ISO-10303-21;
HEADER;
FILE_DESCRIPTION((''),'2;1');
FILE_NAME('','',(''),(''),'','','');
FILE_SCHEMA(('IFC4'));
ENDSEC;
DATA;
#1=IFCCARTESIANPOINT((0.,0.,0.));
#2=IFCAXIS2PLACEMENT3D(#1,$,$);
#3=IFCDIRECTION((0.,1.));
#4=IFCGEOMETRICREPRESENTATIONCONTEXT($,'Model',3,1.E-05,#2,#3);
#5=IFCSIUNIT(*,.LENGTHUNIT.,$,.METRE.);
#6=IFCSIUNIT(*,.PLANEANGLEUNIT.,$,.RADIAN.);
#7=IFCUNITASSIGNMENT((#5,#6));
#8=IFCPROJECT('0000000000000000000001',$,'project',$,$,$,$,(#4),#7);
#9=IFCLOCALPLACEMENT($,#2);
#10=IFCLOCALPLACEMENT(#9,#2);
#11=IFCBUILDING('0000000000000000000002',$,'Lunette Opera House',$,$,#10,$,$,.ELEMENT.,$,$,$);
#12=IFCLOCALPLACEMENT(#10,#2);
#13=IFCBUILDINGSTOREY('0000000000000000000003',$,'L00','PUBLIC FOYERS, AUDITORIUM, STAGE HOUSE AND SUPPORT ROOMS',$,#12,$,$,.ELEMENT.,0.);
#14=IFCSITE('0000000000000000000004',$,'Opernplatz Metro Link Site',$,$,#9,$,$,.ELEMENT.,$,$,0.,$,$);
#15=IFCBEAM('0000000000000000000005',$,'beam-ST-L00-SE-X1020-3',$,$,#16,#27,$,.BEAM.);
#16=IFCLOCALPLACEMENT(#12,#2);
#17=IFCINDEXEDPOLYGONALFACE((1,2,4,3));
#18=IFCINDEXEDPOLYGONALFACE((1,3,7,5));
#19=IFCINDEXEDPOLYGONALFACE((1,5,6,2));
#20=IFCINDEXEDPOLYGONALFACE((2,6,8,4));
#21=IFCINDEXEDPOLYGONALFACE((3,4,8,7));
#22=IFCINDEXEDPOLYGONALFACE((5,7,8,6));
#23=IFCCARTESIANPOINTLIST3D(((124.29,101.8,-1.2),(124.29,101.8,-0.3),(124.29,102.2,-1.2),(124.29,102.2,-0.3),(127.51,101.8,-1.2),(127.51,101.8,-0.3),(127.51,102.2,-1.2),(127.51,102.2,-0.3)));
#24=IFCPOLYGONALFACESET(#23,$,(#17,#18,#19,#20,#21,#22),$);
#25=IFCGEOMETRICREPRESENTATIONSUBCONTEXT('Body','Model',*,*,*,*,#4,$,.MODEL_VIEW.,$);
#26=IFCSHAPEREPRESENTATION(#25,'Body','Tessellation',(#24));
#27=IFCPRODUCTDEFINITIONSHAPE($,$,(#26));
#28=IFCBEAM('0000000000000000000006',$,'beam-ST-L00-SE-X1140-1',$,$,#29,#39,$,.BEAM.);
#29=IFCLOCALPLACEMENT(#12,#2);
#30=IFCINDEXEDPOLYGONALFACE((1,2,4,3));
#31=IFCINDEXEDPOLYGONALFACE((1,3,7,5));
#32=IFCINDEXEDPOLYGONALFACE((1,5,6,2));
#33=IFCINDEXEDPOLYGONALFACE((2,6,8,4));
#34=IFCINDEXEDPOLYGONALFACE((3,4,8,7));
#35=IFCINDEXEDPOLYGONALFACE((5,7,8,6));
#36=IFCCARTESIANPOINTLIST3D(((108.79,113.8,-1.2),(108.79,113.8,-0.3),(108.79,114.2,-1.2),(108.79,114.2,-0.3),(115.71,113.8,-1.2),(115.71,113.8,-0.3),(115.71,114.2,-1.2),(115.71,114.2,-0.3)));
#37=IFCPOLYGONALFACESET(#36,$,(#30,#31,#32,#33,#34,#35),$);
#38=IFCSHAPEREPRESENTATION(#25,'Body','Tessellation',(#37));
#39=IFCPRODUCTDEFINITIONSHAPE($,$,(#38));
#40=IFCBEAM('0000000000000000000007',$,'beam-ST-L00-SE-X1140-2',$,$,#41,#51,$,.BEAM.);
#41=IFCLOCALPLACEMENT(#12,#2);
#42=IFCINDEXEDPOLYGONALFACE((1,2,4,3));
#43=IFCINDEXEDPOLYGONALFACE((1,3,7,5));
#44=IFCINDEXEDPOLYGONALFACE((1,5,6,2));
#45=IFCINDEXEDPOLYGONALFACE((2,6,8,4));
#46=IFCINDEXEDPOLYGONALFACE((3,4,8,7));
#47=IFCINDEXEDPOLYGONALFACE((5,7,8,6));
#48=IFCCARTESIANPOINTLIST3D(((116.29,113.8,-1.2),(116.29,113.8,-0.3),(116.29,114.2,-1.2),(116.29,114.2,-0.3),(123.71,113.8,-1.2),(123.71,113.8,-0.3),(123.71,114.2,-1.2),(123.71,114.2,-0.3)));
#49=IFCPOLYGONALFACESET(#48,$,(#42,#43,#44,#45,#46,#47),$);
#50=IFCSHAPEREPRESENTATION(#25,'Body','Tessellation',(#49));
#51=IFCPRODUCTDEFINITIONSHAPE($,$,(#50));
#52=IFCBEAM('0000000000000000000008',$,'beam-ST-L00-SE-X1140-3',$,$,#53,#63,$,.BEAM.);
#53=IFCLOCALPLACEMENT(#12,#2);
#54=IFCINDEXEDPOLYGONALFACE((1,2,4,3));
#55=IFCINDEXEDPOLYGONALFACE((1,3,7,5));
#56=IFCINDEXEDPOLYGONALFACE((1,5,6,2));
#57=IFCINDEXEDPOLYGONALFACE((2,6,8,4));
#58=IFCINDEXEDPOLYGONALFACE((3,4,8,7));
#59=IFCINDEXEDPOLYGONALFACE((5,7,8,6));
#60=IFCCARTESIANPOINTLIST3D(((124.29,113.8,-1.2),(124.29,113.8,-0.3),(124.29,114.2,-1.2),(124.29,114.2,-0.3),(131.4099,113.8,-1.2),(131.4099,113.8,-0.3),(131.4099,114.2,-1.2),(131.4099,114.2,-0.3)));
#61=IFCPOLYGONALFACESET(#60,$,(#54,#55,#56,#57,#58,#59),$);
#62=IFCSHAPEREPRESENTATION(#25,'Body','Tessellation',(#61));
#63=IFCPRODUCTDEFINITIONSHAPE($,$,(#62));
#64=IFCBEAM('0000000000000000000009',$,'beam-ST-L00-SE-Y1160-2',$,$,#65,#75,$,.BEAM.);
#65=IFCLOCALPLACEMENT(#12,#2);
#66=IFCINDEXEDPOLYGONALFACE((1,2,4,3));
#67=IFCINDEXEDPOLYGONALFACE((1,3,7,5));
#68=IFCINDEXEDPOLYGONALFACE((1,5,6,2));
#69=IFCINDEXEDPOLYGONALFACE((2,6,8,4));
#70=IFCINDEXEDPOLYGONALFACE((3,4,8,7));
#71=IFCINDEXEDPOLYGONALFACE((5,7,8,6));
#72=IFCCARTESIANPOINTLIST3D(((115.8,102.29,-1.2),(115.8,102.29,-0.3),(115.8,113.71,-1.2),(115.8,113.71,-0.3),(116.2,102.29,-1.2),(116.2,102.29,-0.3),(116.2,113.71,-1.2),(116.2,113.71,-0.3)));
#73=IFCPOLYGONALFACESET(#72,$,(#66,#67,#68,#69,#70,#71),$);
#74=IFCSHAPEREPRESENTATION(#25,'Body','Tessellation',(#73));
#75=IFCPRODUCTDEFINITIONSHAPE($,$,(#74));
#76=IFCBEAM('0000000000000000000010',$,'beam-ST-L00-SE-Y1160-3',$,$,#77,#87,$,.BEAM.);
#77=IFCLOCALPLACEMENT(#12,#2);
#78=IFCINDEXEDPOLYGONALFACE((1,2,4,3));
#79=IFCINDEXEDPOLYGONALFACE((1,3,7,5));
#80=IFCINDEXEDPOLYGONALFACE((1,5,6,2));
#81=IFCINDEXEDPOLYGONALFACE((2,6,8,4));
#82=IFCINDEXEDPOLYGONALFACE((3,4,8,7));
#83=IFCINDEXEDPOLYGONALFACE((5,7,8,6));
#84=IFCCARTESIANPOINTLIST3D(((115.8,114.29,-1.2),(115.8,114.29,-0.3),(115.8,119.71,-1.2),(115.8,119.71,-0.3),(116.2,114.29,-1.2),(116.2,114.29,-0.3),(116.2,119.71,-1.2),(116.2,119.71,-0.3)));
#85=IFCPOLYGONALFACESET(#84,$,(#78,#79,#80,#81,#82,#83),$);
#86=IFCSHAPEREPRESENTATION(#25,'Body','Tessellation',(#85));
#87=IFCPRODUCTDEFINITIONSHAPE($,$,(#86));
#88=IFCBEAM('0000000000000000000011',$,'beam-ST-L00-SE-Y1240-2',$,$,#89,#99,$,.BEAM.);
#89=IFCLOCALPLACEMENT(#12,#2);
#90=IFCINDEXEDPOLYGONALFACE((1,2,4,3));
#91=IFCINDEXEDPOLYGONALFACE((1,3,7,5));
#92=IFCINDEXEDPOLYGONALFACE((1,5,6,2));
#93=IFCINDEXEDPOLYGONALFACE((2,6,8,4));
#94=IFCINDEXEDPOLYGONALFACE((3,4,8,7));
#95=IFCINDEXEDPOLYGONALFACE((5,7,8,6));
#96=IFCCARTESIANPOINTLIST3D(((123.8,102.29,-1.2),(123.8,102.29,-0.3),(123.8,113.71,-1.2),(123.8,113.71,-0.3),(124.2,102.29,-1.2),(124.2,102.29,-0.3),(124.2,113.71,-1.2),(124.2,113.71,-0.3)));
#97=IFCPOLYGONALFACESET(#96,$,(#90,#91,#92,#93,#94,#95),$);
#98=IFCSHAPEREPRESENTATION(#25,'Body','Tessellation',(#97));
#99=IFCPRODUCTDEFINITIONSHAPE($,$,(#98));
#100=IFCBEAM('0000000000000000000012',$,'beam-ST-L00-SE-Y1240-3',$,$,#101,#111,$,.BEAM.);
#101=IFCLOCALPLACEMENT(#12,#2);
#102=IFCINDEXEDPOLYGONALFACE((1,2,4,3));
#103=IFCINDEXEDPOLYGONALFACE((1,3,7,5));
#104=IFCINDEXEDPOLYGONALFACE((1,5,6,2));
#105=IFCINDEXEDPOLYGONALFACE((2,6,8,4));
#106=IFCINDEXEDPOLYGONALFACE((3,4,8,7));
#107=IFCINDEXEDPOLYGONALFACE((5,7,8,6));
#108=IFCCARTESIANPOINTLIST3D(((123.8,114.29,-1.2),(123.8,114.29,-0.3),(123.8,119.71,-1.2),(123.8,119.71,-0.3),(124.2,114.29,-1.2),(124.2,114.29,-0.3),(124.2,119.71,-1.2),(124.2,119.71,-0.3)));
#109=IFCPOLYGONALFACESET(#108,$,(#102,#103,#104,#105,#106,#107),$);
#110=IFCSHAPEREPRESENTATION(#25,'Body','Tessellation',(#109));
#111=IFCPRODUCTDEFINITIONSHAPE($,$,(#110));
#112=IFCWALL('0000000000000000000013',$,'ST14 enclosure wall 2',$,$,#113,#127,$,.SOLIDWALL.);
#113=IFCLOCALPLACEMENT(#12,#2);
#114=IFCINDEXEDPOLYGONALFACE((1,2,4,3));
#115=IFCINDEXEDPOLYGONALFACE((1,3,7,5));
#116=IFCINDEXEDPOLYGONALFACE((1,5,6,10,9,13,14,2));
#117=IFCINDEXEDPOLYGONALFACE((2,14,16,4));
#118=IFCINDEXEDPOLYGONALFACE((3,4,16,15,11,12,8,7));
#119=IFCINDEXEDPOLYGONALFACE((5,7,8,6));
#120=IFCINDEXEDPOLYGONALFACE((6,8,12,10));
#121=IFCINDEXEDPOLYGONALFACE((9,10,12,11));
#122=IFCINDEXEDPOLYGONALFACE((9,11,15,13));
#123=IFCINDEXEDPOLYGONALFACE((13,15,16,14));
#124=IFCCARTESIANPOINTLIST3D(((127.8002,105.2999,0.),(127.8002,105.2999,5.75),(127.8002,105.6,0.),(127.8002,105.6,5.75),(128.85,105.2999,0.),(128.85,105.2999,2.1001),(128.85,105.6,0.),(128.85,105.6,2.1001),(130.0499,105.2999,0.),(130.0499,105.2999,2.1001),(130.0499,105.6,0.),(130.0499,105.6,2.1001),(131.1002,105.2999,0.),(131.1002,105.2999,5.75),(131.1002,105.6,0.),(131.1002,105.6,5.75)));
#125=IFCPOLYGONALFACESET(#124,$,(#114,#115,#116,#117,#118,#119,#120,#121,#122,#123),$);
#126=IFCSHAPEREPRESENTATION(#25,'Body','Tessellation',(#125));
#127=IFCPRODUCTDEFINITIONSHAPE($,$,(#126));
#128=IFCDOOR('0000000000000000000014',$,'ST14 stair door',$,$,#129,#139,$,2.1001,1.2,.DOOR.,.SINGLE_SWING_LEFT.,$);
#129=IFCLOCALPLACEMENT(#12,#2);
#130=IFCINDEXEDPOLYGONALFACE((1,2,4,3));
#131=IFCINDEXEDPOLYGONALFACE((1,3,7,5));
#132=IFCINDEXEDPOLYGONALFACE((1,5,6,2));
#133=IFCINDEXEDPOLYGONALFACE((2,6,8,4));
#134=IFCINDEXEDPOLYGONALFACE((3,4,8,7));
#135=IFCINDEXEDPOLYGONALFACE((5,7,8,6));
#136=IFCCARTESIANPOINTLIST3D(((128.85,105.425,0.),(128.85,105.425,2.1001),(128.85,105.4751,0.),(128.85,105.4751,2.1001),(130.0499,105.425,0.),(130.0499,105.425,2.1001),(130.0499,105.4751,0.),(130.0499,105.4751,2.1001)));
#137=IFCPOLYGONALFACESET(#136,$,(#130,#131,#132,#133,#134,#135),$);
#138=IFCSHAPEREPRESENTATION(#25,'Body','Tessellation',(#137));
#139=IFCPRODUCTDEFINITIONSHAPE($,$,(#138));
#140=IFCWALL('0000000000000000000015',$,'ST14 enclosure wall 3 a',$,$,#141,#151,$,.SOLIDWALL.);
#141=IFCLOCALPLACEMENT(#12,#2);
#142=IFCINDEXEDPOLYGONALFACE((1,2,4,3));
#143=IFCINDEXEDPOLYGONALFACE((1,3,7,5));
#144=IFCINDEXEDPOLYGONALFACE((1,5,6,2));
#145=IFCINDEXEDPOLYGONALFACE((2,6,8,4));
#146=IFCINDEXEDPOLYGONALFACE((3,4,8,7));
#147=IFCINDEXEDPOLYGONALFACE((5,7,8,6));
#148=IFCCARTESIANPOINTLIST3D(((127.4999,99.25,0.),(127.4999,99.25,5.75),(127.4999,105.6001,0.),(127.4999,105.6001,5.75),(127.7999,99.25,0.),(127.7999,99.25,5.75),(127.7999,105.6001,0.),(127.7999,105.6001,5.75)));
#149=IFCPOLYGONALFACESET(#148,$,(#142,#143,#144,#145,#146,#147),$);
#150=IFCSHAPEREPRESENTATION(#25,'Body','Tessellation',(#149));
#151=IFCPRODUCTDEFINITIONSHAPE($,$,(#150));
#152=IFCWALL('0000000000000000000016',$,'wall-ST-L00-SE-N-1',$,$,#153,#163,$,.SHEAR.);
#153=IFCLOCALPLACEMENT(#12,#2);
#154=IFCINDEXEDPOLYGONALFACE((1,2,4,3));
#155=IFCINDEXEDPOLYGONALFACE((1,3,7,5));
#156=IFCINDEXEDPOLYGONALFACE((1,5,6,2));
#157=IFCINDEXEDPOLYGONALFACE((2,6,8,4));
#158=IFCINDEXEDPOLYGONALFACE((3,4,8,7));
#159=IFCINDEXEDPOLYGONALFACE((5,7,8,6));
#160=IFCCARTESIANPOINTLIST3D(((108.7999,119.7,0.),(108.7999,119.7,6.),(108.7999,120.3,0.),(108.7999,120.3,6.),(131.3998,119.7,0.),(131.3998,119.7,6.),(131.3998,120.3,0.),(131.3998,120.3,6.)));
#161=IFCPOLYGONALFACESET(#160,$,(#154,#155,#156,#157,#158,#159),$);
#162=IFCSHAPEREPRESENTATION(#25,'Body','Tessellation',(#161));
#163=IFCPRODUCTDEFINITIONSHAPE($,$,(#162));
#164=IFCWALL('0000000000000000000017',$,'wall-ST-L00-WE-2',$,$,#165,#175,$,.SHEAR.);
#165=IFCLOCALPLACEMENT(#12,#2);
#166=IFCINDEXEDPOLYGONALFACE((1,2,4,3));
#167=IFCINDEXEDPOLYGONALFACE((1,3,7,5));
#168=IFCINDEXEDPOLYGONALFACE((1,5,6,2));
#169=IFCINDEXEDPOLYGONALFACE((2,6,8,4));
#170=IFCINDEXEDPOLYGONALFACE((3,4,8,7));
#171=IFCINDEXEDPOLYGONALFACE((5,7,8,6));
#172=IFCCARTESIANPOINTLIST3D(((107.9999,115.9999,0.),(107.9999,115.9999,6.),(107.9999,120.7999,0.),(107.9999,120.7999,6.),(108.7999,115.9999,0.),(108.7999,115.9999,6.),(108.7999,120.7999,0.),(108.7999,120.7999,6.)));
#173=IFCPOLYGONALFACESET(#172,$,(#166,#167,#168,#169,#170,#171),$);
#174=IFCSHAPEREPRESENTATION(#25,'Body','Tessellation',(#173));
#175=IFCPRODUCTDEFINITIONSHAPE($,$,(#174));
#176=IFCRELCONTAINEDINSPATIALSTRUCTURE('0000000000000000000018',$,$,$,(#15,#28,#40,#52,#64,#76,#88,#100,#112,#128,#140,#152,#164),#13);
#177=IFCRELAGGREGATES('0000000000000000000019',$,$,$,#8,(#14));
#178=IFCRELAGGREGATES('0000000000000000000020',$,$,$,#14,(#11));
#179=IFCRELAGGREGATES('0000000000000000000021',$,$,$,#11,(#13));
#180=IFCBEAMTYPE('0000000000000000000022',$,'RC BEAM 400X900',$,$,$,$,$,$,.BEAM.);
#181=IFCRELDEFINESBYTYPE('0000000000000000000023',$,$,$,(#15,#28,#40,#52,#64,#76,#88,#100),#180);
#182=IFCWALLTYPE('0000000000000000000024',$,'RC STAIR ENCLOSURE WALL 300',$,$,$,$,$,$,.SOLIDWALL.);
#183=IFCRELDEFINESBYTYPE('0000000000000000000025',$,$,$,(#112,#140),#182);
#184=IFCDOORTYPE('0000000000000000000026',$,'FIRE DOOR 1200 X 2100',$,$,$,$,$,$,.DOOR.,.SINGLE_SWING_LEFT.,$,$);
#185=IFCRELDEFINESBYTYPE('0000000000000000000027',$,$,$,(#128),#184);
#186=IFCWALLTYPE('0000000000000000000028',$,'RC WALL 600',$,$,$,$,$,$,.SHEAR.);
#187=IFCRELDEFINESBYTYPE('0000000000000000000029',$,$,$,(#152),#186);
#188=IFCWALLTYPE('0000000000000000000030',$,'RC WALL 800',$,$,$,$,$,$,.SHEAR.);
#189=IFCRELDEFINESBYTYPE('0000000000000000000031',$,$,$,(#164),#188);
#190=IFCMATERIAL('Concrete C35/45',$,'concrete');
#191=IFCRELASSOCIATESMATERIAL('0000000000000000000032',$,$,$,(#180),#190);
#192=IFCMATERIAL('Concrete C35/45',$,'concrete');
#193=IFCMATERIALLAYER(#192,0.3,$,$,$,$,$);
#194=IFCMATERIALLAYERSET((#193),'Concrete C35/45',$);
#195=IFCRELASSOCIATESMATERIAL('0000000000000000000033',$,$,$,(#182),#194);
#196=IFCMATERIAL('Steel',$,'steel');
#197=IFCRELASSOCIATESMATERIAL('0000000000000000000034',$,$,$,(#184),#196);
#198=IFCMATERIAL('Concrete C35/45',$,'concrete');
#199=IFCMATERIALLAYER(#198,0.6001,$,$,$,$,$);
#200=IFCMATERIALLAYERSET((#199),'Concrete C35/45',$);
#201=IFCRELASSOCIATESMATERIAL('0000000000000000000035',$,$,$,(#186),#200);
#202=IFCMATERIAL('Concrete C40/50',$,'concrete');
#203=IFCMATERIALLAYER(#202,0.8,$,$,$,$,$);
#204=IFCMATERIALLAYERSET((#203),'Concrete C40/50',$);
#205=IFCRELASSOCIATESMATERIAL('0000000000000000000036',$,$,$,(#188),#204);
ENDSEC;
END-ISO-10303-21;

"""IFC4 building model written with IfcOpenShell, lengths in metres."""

from ifc_helpers import new_model, si_unit, direction, frame, frame_2d, origin, origin_2d, place, context, subcontext, project, spatial, rectangle, extrude, material, layer, layer_set, material_profile, profile_set, type_object, element, fill, save


model = new_model("IFC4")

# Units and contexts
model_context = context("Model", 3, precision=1e-05, world=origin(), true_north=direction((0.0, 1.0)))
body_context = subcontext(model_context, "Body", "Model", "MODEL_VIEW")
ifc_project = project(units=[si_unit("LENGTHUNIT", "METRE"), si_unit("PLANEANGLEUNIT", "RADIAN")], contexts=[model_context])

# Site, building, storey
site_placement = place(None, origin())
site = spatial("IfcSite", under=ifc_project, at=site_placement, Name="Opernplatz Metro Link Site", CompositionType="ELEMENT", RefElevation=0.0)
building_placement = place(site_placement, origin())
building = spatial("IfcBuilding", under=site, at=building_placement, Name="Lunette Opera House", CompositionType="ELEMENT")
storey_placement = place(building_placement, origin())
storey = spatial("IfcBuildingStorey", under=building, at=storey_placement, Name="L00", Description="PUBLIC FOYERS, AUDITORIUM, STAGE HOUSE AND SUPPORT ROOMS", CompositionType="ELEMENT", Elevation=0.0)

# Beams
ifc_material_1 = material(Name="Concrete C35/45", Category="concrete")
ifc_material_profile = material_profile(ifc_material_1, rectangle(XDim=0.3999, YDim=0.8999, at=origin_2d()), Name="RC BEAM 400X900")
ifc_profile_set = profile_set([ifc_material_profile], Name="Concrete C35/45")
beam_type = type_object("IfcBeamType", Name="RC BEAM 400X900", PredefinedType="BEAM", material=ifc_profile_set)
beam_1_placement = place(storey_placement, frame((124.29, 102.0, -0.75), z_axis=(1.0, 0.0, 0.0), x_axis=(0.0, 1.0, 0.0)))
element("IfcBeam", 1, at=beam_1_placement, inside=storey, type_object=beam_type, Name="beam-ST-L00-SE-X1020-3", PredefinedType="BEAM", context=body_context, shape_type="SweptSolid", body=[
    extrude(rectangle(XDim=0.3999, YDim=0.8999, at=origin_2d()), origin(), (0.0, 0.0, 1.0), 3.22),
])
beam_2_placement = place(storey_placement, frame((108.79, 114.0, -0.75), z_axis=(1.0, 0.0, 0.0), x_axis=(0.0, 1.0, 0.0)))
element("IfcBeam", 2, at=beam_2_placement, inside=storey, type_object=beam_type, Name="beam-ST-L00-SE-X1140-1", PredefinedType="BEAM", context=body_context, shape_type="SweptSolid", body=[
    extrude(rectangle(XDim=0.3999, YDim=0.8999, at=origin_2d()), origin(), (0.0, 0.0, 1.0), 6.9199),
])
beam_3_placement = place(storey_placement, frame((116.29, 114.0, -0.75), z_axis=(1.0, 0.0, 0.0), x_axis=(0.0, 1.0, 0.0)))
element("IfcBeam", 3, at=beam_3_placement, inside=storey, type_object=beam_type, Name="beam-ST-L00-SE-X1140-2", PredefinedType="BEAM", context=body_context, shape_type="SweptSolid", body=[
    extrude(rectangle(XDim=0.3999, YDim=0.8999, at=origin_2d()), origin(), (0.0, 0.0, 1.0), 7.4199),
])
beam_4_placement = place(storey_placement, frame((124.29, 114.0, -0.75), z_axis=(1.0, 0.0, 0.0), x_axis=(0.0, 1.0, 0.0)))
element("IfcBeam", 4, at=beam_4_placement, inside=storey, type_object=beam_type, Name="beam-ST-L00-SE-X1140-3", PredefinedType="BEAM", context=body_context, shape_type="SweptSolid", body=[
    extrude(rectangle(XDim=0.3999, YDim=0.8999, at=origin_2d()), origin(), (0.0, 0.0, 1.0), 7.1199),
])
beam_5_placement = place(storey_placement, frame((116.0, 102.29, -0.75), z_axis=(0.0, 1.0, 0.0), x_axis=(-1.0, 0.0, 0.0)))
element("IfcBeam", 5, at=beam_5_placement, inside=storey, type_object=beam_type, Name="beam-ST-L00-SE-Y1160-2", PredefinedType="BEAM", context=body_context, shape_type="SweptSolid", body=[
    extrude(rectangle(XDim=0.3999, YDim=0.8999, at=origin_2d()), origin(), (0.0, 0.0, 1.0), 11.4199),
])
beam_6_placement = place(storey_placement, frame((116.0, 114.29, -0.75), z_axis=(0.0, 1.0, 0.0), x_axis=(-1.0, 0.0, 0.0)))
element("IfcBeam", 6, at=beam_6_placement, inside=storey, type_object=beam_type, Name="beam-ST-L00-SE-Y1160-3", PredefinedType="BEAM", context=body_context, shape_type="SweptSolid", body=[
    extrude(rectangle(XDim=0.3999, YDim=0.8999, at=origin_2d()), origin(), (0.0, 0.0, 1.0), 5.4199),
])
beam_7_placement = place(storey_placement, frame((124.0, 102.29, -0.75), z_axis=(0.0, 1.0, 0.0), x_axis=(-1.0, 0.0, 0.0)))
element("IfcBeam", 7, at=beam_7_placement, inside=storey, type_object=beam_type, Name="beam-ST-L00-SE-Y1240-2", PredefinedType="BEAM", context=body_context, shape_type="SweptSolid", body=[
    extrude(rectangle(XDim=0.3999, YDim=0.8999, at=origin_2d()), origin(), (0.0, 0.0, 1.0), 11.4199),
])
beam_8_placement = place(storey_placement, frame((124.0, 114.29, -0.75), z_axis=(0.0, 1.0, 0.0), x_axis=(-1.0, 0.0, 0.0)))
element("IfcBeam", 8, at=beam_8_placement, inside=storey, type_object=beam_type, Name="beam-ST-L00-SE-Y1240-3", PredefinedType="BEAM", context=body_context, shape_type="SweptSolid", body=[
    extrude(rectangle(XDim=0.3999, YDim=0.8999, at=origin_2d()), origin(), (0.0, 0.0, 1.0), 5.4199),
])

# Wall, opening, door
ifc_material_2 = material(Name="Concrete C35/45", Category="concrete")
ifc_layer_1 = layer(ifc_material_2, 0.3)
ifc_layer_set_1 = layer_set([ifc_layer_1], Name="Concrete C35/45")
wall_type_1 = type_object("IfcWallType", Name="RC STAIR ENCLOSURE WALL 300", PredefinedType="SOLIDWALL", material=ifc_layer_set_1)
wall_1_placement = place(storey_placement, frame((131.1001, 105.45, 0.0), z_axis=(0.0, 0.0, 1.0), x_axis=(-1.0, 0.0, 0.0)))
wall_1 = element("IfcWall", 9, at=wall_1_placement, inside=storey, type_object=wall_type_1, Name="ST14 enclosure wall 2", PredefinedType="SOLIDWALL", context=body_context, shape_type="SweptSolid", body=[
    extrude(rectangle(XDim=3.3, YDim=0.3, at=frame_2d((1.6499, 0.0))), origin(), (0.0, 0.0, 1.0), 5.75),
])
opening_placement = place(wall_1_placement, frame((1.05, 0.0, 0.0)))
opening = element("IfcOpeningElement", 10, at=opening_placement, cuts=wall_1, PredefinedType="OPENING", context=body_context, shape_type="SweptSolid", body=[
    extrude(rectangle(XDim=1.2, YDim=2.1001, at=frame_2d((0.6001, 1.05))), frame((0.0, 0.1621, 0.0), z_axis=(0.0, -1.0, 0.0), x_axis=(1.0, 0.0, 0.0)), (0.0, 0.0, 1.0), 0.324),
])
ifc_material_3 = material(Name="Steel", Category="steel")
door_type = type_object("IfcDoorType", Name="FIRE DOOR 1200 X 2100", OperationType="SINGLE_SWING_LEFT", PredefinedType="DOOR", material=ifc_material_3)
door_placement = place(opening_placement, origin())
door = element("IfcDoor", 11, at=door_placement, inside=storey, type_object=door_type, Name="ST14 stair door", OperationType="SINGLE_SWING_LEFT", OverallHeight=2.1001, OverallWidth=1.2, PredefinedType="DOOR", context=body_context, shape_type="SweptSolid", body=[
    extrude(rectangle(XDim=1.2, YDim=2.1001, at=frame_2d((0.6001, 1.05))), frame((0.0, 0.0249, 0.0), z_axis=(0.0, -1.0, 0.0), x_axis=(1.0, 0.0, 0.0)), (0.0, 0.0, 1.0), 0.05),
])
fill(opening, door)

# Walls
wall_2_placement = place(storey_placement, frame((127.6499, 105.6001, 0.0), z_axis=(0.0, 0.0, 1.0), x_axis=(0.0, -1.0, 0.0)))
element("IfcWall", 12, at=wall_2_placement, inside=storey, type_object=wall_type_1, Name="ST14 enclosure wall 3 a", PredefinedType="SOLIDWALL", context=body_context, shape_type="SweptSolid", body=[
    extrude(rectangle(XDim=6.3501, YDim=0.3, at=frame_2d((3.175, 0.0))), origin(), (0.0, 0.0, 1.0), 5.75),
])
ifc_material_4 = material(Name="Concrete C35/45", Category="concrete")
ifc_layer_2 = layer(ifc_material_4, 0.6001)
ifc_layer_set_2 = layer_set([ifc_layer_2], Name="Concrete C35/45")
wall_type_2 = type_object("IfcWallType", Name="RC WALL 600", PredefinedType="SHEAR", material=ifc_layer_set_2)
wall_3_placement = place(storey_placement, frame((108.8, 120.0, 0.0), z_axis=(0.0, 0.0, 1.0), x_axis=(1.0, 0.0, 0.0)))
element("IfcWall", 13, at=wall_3_placement, inside=storey, type_object=wall_type_2, Name="wall-ST-L00-SE-N-1", PredefinedType="SHEAR", context=body_context, shape_type="SweptSolid", body=[
    extrude(rectangle(XDim=22.5999, YDim=0.6001, at=frame_2d((11.2998, 0.0))), origin(), (0.0, 0.0, 1.0), 6.0),
])
ifc_material_5 = material(Name="Concrete C40/50", Category="concrete")
ifc_layer_3 = layer(ifc_material_5, 0.8)
ifc_layer_set_3 = layer_set([ifc_layer_3], Name="Concrete C40/50")
wall_type_3 = type_object("IfcWallType", Name="RC WALL 800", PredefinedType="SHEAR", material=ifc_layer_set_3)
wall_4_placement = place(storey_placement, frame((108.3999, 116.0, 0.0), z_axis=(0.0, 0.0, 1.0), x_axis=(0.0, 1.0, 0.0)))
element("IfcWall", 14, at=wall_4_placement, inside=storey, type_object=wall_type_3, Name="wall-ST-L00-WE-2", PredefinedType="SHEAR", context=body_context, shape_type="SweptSolid", body=[
    extrude(rectangle(XDim=4.8, YDim=0.8, at=frame_2d((2.3999, 0.0))), origin(), (0.0, 0.0, 1.0), 6.0),
])

save(model, "model.ifc")
